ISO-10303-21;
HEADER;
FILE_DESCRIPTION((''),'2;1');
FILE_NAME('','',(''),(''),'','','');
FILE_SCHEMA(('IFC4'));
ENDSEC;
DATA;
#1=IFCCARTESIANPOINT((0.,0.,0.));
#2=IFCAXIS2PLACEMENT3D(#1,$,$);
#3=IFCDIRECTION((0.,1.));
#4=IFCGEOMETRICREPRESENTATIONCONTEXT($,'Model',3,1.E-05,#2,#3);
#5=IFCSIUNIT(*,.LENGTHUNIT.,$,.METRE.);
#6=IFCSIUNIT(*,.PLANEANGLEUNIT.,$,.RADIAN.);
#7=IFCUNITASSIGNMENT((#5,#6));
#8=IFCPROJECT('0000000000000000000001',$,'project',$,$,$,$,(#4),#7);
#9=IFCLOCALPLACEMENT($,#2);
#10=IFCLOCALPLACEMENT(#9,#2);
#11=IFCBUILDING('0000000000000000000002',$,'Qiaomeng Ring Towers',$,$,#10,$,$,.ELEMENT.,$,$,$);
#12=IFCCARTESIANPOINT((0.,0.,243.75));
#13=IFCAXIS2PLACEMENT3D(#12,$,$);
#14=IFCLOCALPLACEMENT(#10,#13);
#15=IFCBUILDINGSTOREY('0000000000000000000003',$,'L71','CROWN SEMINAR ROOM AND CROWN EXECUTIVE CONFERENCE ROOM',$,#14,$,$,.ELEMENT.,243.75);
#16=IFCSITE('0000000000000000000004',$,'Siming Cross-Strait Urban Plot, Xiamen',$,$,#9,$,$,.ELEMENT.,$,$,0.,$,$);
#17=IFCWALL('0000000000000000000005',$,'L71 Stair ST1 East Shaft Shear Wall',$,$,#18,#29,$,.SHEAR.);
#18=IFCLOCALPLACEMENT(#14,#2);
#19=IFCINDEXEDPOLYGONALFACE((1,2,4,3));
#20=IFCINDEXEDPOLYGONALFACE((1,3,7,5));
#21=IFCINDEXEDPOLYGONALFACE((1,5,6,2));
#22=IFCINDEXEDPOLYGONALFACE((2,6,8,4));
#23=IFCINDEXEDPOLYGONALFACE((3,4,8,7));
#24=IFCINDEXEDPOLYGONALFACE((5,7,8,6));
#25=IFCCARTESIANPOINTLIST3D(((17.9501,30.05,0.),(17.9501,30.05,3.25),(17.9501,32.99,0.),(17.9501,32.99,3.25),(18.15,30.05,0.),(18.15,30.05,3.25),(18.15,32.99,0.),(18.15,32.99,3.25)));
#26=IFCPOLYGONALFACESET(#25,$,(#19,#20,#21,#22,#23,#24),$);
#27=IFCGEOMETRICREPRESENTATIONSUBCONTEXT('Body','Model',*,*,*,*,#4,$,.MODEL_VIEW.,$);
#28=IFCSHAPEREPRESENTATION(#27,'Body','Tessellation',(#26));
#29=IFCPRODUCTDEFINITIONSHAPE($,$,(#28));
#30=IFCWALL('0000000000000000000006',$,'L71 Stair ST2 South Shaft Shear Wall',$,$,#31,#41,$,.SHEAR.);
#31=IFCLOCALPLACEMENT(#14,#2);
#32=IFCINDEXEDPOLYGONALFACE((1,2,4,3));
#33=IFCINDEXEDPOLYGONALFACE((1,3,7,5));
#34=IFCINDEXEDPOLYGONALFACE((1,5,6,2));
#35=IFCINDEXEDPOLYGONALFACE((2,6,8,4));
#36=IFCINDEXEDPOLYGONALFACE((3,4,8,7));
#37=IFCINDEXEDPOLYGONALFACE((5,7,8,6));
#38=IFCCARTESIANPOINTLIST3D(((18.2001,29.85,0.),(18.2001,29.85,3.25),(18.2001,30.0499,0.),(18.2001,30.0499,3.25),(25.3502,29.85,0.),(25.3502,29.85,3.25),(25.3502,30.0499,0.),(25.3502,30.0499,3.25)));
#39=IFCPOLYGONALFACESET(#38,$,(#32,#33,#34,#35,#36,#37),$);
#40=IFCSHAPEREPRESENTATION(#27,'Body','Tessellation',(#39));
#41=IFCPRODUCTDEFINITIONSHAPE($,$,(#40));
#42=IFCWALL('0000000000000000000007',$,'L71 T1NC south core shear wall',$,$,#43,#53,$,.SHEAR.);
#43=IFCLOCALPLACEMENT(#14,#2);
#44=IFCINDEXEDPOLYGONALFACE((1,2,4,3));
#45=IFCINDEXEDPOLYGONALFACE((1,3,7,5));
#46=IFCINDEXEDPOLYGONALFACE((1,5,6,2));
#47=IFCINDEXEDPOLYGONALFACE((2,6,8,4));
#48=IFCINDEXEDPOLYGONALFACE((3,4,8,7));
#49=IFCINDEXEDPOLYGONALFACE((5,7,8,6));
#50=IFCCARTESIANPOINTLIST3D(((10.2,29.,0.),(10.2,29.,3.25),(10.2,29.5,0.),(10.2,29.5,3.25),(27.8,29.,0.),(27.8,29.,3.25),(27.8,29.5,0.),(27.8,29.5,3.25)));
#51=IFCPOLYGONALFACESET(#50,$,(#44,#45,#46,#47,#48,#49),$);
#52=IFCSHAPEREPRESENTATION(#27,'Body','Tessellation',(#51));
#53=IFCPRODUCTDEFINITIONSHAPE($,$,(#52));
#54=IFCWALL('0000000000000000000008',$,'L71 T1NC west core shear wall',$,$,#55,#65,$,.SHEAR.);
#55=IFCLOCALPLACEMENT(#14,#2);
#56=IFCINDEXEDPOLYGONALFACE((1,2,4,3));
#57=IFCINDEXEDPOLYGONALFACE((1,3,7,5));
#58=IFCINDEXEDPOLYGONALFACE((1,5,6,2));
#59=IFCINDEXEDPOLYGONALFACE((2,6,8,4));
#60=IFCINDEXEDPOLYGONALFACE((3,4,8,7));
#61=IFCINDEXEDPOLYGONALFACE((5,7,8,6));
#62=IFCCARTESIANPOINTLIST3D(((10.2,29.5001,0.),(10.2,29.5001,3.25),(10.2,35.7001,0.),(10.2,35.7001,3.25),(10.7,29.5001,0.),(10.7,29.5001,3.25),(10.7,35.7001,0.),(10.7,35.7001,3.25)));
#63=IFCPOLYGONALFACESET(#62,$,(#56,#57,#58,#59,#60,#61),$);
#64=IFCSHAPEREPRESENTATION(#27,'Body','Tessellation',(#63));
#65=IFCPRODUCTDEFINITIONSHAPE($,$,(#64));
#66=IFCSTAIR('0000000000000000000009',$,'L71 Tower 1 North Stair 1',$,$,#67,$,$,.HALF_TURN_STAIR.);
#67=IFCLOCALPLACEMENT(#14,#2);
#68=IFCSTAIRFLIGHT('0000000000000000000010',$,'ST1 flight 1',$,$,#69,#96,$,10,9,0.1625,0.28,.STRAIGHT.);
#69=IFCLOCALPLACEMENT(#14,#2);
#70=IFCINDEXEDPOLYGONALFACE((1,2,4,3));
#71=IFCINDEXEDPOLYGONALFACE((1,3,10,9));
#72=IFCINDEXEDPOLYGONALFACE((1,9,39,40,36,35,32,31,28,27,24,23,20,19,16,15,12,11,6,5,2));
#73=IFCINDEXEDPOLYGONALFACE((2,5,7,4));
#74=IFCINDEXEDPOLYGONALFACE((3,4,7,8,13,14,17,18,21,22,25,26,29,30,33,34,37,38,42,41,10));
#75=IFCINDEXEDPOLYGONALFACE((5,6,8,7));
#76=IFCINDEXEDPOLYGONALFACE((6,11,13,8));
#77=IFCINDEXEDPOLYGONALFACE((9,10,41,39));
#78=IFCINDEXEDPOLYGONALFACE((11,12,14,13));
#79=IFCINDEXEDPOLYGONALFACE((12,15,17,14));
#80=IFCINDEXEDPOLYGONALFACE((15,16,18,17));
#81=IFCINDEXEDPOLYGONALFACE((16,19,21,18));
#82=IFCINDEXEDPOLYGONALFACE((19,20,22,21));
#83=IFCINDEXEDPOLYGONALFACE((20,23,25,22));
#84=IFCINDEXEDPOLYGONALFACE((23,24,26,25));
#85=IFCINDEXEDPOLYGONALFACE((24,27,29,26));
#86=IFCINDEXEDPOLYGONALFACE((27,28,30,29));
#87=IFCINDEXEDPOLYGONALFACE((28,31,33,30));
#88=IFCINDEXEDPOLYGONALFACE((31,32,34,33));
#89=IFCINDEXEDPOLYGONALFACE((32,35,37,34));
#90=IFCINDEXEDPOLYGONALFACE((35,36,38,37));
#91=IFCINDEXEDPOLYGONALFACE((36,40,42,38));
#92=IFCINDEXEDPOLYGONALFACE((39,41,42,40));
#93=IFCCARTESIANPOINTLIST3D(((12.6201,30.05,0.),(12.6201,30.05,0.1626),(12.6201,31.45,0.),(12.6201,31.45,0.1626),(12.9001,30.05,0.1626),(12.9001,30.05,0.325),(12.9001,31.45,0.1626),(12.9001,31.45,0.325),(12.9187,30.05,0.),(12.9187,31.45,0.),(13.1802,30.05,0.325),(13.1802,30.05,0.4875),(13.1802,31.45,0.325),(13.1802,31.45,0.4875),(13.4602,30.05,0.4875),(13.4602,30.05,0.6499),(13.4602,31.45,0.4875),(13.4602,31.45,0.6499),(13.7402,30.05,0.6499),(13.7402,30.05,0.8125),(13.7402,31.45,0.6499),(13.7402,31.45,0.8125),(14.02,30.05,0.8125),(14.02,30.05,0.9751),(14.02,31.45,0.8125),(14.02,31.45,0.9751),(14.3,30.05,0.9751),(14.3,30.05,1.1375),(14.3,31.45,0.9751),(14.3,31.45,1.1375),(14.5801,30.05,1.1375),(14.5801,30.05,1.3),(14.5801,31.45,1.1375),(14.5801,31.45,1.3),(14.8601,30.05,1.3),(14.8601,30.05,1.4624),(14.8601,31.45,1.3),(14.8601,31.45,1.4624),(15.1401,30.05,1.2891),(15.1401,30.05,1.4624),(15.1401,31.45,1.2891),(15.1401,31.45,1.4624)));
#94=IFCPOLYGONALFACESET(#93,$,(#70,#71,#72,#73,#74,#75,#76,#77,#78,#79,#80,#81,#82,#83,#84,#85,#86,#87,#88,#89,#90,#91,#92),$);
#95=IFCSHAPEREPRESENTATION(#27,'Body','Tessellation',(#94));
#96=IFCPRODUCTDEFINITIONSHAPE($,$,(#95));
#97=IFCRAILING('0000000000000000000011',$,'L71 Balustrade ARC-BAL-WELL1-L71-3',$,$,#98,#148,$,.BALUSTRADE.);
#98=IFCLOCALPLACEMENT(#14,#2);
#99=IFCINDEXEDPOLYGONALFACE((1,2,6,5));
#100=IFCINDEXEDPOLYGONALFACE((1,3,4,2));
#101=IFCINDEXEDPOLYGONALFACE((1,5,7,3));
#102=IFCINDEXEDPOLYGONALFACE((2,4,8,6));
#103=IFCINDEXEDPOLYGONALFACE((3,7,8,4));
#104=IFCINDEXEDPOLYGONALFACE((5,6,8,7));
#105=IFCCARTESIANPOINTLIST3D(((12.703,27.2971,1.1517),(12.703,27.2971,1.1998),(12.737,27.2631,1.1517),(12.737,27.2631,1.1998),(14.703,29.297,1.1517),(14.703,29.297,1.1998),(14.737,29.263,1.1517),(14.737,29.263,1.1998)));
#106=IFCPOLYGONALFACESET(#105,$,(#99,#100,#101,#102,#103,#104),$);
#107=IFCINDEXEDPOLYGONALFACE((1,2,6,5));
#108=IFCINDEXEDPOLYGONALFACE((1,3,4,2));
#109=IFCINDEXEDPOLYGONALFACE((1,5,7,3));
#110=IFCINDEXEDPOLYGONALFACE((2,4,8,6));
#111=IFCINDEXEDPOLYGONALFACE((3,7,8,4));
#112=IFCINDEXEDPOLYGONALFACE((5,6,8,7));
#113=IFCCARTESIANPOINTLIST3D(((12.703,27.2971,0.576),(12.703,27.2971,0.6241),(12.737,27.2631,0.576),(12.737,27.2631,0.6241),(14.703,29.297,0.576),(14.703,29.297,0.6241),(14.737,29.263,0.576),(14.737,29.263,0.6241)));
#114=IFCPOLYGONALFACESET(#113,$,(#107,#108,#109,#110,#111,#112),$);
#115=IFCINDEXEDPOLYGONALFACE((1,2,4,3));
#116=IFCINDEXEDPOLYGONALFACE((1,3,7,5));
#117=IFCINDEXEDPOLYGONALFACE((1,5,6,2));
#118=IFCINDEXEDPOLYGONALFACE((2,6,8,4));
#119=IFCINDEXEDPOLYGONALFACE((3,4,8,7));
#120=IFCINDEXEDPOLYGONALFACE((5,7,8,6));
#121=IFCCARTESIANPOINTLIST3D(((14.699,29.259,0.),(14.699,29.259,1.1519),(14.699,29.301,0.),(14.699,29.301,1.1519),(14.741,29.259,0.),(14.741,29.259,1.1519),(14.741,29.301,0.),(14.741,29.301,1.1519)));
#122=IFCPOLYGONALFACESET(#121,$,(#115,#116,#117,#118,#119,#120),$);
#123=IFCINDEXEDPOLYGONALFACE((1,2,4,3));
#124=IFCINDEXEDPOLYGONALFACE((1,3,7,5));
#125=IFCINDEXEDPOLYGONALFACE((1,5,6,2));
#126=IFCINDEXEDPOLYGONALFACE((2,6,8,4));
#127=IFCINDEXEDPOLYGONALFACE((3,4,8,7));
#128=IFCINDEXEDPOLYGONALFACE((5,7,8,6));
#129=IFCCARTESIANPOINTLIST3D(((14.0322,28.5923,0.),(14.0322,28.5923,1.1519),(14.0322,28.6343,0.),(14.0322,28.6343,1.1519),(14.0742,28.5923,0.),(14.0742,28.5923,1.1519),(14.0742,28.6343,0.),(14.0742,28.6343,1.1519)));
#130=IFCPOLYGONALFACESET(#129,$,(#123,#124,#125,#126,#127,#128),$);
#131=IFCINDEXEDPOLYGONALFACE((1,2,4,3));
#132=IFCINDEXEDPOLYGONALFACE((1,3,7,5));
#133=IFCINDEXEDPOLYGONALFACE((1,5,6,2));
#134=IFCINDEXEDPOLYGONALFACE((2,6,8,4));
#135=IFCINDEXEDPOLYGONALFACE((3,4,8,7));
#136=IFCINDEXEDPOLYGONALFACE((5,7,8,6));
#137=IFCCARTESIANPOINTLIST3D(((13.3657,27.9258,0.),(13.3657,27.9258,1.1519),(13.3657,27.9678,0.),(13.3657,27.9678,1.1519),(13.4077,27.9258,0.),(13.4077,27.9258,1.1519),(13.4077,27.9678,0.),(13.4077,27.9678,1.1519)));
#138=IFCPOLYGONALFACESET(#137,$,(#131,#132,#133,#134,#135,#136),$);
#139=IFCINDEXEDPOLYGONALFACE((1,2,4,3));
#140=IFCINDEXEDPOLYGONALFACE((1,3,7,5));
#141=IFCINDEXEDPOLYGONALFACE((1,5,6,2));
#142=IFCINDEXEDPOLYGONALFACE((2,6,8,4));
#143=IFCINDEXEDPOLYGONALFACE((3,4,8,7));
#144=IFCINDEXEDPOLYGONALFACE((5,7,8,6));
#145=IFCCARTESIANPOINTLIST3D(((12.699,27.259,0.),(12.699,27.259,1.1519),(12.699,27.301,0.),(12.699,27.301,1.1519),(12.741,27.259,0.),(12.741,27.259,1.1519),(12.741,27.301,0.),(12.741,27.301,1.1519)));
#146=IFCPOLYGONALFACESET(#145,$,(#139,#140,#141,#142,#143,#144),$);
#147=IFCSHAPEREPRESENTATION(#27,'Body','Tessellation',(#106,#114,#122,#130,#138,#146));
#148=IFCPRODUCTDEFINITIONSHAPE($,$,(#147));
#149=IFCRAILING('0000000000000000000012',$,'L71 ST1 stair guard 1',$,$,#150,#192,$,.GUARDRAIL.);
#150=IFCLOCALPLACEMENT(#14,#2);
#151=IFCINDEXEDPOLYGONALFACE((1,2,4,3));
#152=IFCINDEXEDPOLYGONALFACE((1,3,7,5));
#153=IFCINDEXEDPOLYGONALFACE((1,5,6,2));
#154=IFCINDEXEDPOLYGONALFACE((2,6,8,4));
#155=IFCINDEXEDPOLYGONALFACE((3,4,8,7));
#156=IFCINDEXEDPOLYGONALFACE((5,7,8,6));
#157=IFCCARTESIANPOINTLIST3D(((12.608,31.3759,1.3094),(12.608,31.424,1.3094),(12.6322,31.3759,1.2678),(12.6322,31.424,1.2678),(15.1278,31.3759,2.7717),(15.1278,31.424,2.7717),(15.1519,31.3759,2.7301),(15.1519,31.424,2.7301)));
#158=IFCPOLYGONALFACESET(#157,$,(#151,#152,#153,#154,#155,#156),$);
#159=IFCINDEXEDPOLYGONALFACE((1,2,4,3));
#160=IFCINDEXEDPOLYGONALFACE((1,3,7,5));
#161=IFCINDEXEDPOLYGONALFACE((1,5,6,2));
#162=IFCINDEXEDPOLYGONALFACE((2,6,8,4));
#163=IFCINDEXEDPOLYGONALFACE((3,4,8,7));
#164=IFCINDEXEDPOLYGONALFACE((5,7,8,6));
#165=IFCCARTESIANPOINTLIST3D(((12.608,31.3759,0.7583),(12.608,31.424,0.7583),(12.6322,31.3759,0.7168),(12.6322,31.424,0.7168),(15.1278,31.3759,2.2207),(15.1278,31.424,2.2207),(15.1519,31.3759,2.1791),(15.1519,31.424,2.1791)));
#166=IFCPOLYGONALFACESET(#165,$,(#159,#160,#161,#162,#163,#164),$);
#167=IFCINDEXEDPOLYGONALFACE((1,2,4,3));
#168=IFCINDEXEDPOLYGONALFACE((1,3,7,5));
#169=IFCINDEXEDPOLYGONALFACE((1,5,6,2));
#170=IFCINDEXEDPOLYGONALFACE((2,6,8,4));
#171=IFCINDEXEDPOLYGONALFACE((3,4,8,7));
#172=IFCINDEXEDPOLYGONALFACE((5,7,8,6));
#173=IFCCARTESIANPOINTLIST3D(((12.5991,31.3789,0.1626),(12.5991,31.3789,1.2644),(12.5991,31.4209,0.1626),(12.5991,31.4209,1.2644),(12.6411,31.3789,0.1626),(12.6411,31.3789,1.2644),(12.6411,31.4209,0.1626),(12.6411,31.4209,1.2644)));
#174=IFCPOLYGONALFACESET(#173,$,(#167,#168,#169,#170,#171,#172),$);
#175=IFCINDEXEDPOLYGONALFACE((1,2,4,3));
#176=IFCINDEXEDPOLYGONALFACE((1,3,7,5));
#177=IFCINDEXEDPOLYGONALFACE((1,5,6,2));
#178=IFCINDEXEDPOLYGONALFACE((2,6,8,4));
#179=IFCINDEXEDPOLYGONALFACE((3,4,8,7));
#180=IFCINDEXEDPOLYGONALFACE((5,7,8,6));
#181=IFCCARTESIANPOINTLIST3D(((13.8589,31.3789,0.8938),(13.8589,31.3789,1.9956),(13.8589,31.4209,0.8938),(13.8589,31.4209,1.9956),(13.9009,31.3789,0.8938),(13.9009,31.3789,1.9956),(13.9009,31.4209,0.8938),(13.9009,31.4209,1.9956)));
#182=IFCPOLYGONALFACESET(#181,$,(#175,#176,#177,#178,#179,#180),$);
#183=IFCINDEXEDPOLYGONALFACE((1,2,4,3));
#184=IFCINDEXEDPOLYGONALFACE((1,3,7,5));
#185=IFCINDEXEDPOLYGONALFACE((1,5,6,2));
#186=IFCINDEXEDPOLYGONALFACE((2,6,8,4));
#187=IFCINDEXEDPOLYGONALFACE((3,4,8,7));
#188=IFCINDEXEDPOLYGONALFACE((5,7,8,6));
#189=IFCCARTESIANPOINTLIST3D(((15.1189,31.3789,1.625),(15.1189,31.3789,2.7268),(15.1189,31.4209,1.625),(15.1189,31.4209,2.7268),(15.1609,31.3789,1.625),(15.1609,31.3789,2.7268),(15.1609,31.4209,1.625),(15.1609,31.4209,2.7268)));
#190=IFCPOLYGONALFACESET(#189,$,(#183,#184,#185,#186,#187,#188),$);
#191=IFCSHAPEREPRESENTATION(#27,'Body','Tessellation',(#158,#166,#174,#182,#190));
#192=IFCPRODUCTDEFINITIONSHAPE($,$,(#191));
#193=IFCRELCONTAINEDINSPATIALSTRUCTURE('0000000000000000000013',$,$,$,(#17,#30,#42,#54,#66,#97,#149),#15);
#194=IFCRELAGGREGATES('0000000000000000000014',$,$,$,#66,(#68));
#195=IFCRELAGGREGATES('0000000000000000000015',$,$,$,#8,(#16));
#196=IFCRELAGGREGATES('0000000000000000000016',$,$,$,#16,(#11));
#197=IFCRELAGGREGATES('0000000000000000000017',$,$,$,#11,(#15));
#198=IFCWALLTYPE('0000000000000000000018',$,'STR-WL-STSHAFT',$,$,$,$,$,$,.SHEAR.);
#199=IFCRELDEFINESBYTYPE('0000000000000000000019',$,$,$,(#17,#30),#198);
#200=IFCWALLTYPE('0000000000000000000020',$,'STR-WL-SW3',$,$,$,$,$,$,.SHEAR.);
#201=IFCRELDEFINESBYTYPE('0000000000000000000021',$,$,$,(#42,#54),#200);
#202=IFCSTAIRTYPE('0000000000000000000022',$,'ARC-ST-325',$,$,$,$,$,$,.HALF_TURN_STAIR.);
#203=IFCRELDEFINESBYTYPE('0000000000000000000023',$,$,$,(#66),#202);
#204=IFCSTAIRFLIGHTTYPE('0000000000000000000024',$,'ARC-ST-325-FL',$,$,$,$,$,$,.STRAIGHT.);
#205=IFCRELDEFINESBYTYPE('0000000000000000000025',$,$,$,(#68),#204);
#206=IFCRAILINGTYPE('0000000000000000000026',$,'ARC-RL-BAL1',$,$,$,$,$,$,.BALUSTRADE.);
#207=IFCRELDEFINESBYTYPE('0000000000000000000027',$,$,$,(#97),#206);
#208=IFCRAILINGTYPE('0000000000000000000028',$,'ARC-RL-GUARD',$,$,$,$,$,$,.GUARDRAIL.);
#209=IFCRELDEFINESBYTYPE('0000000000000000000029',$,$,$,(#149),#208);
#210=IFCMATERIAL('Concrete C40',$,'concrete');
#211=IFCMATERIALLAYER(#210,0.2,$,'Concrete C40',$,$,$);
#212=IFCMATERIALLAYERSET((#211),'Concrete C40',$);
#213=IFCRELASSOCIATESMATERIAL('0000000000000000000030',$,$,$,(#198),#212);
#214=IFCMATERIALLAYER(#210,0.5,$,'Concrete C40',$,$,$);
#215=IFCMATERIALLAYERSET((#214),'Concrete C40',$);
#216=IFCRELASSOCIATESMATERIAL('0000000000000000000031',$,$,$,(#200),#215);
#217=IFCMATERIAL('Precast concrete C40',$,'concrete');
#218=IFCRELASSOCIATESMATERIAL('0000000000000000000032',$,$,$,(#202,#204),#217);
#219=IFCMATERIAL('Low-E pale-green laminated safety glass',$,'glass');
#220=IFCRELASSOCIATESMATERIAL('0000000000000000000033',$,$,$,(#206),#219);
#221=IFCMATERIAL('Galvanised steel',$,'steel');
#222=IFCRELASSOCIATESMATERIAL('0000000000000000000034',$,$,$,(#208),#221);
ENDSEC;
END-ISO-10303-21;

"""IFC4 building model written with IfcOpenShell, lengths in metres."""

from ifc_helpers import new_model, si_unit, direction, frame, frame_2d, origin, origin_2d, place, context, subcontext, project, spatial, polyline, rectangle, outline, extrude, source, transform, mapped, material, layer, layer_set, type_object, element, aggregate, save


model = new_model("IFC4")

# Units and contexts
model_context = context("Model", 3, precision=1e-05, world=origin(), true_north=direction((0.0, 1.0)))
body_context = subcontext(model_context, "Body", "Model", "MODEL_VIEW")
ifc_project = project(units=[si_unit("LENGTHUNIT", "METRE"), si_unit("PLANEANGLEUNIT", "RADIAN")], contexts=[model_context])

# Site, building, storey
site_placement = place(None, origin())
site = spatial("IfcSite", under=ifc_project, at=site_placement, Name="Siming Cross-Strait Urban Plot, Xiamen", CompositionType="ELEMENT", RefElevation=0.0)
building_placement = place(site_placement, origin())
building = spatial("IfcBuilding", under=site, at=building_placement, Name="Qiaomeng Ring Towers", CompositionType="ELEMENT")
storey_placement = place(building_placement, frame((0.0, 0.0, 243.75)))
storey = spatial("IfcBuildingStorey", under=building, at=storey_placement, Name="L71", Description="CROWN SEMINAR ROOM AND CROWN EXECUTIVE CONFERENCE ROOM", CompositionType="ELEMENT", Elevation=243.75)

# Shared definitions
ifc_material_1 = material(Name="Concrete C40", Category="concrete")

# Walls
ifc_layer_1 = layer(ifc_material_1, 0.2, Name="Concrete C40")
ifc_layer_set_1 = layer_set([ifc_layer_1], Name="Concrete C40")
wall_type_1 = type_object("IfcWallType", Name="STR-WL-STSHAFT", PredefinedType="SHEAR", material=ifc_layer_set_1)
for number, where, z_axis, x_axis, name in (
    (1, (18.05, 30.05, 0.0), (0.0, 0.0, 1.0), (0.0, 1.0, 0.0), "L71 Stair ST1 East Shaft Shear Wall"),
):
    element("IfcWall", number, at=place(storey_placement, frame(where, z_axis=z_axis, x_axis=x_axis)), inside=storey, type_object=wall_type_1, Name=name, PredefinedType="SHEAR", context=body_context, shape_type="SweptSolid", body=[
        extrude(rectangle(XDim=2.9399, YDim=0.2, at=frame_2d((1.47, 0.0))), origin(), (0.0, 0.0, 1.0), 3.25),
    ])
wall_1_placement = place(storey_placement, frame((18.2, 29.95, 0.0), z_axis=(0.0, 0.0, 1.0), x_axis=(1.0, 0.0, 0.0)))
element("IfcWall", 2, at=wall_1_placement, inside=storey, type_object=wall_type_1, Name="L71 Stair ST2 South Shaft Shear Wall", PredefinedType="SHEAR", context=body_context, shape_type="SweptSolid", body=[
    extrude(rectangle(XDim=7.1501, YDim=0.2, at=frame_2d((3.5752, 0.0))), origin(), (0.0, 0.0, 1.0), 3.25),
])
ifc_layer_2 = layer(ifc_material_1, 0.5, Name="Concrete C40")
ifc_layer_set_2 = layer_set([ifc_layer_2], Name="Concrete C40")
wall_type_2 = type_object("IfcWallType", Name="STR-WL-SW3", PredefinedType="SHEAR", material=ifc_layer_set_2)
wall_2_placement = place(storey_placement, frame((10.2, 29.25, 0.0), z_axis=(0.0, 0.0, 1.0), x_axis=(1.0, 0.0, 0.0)))
element("IfcWall", 3, at=wall_2_placement, inside=storey, type_object=wall_type_2, Name="L71 T1NC south core shear wall", PredefinedType="SHEAR", context=body_context, shape_type="SweptSolid", body=[
    extrude(rectangle(XDim=17.6001, YDim=0.5, at=frame_2d((8.8, 0.0))), origin(), (0.0, 0.0, 1.0), 3.25),
])
wall_3_placement = place(storey_placement, frame((10.45, 29.5, 0.0), z_axis=(0.0, 0.0, 1.0), x_axis=(0.0, 1.0, 0.0)))
element("IfcWall", 4, at=wall_3_placement, inside=storey, type_object=wall_type_2, Name="L71 T1NC west core shear wall", PredefinedType="SHEAR", context=body_context, shape_type="SweptSolid", body=[
    extrude(rectangle(XDim=6.2, YDim=0.5, at=frame_2d((3.1001, 0.0))), origin(), (0.0, 0.0, 1.0), 3.25),
])

# Stair, stair flight
ifc_material_2 = material(Name="Precast concrete C40", Category="concrete")
stair_type = type_object("IfcStairType", Name="ARC-ST-325", PredefinedType="HALF_TURN_STAIR", material=ifc_material_2)
stair_placement = place(storey_placement, origin())
stair = element("IfcStair", 5, at=stair_placement, inside=storey, type_object=stair_type, Name="L71 Tower 1 North Stair 1", PredefinedType="HALF_TURN_STAIR")
stair_flight_type = type_object("IfcStairFlightType", Name="ARC-ST-325-FL", PredefinedType="STRAIGHT", material=ifc_material_2)
shared_shape_1 = source(origin(), body_context, "Body", "SweptSolid", [
    extrude(outline(polyline([(0.0, 0.0), (0.0, 0.1626), (0.28, 0.1626), (0.28, 0.325), (0.5601, 0.325), (0.5601, 0.4875), (0.8401, 0.4875), (0.8401, 0.6499), (1.1201, 0.6499), (1.1201, 0.8125), (1.3999, 0.8125), (1.3999, 0.9751), (1.6799, 0.9751), (1.6799, 1.1375), (1.96, 1.1375), (1.96, 1.3), (2.24, 1.3), (2.24, 1.4624), (2.52, 1.4624), (2.52, 1.625), (2.52, 1.2891), (0.2986, 0.0), (0.0, 0.0)])), frame((0.0, 0.7, 0.0), z_axis=(0.0, -1.0, 0.0), x_axis=(1.0, 0.0, 0.0)), (0.0, 0.0, 1.0), 1.3999),
])
stair_flight_placement = place(storey_placement, frame((12.6201, 30.75, 0.0), z_axis=(0.0, 0.0, 1.0), x_axis=(1.0, 0.0, 0.0)))
stair_flight = element("IfcStairFlight", 6, at=stair_flight_placement, type_object=stair_flight_type, Name="ST1 flight 1", NumberOfRisers=10, NumberOfTreads=9, PredefinedType="STRAIGHT", RiserHeight=0.1625, TreadLength=0.28, context=body_context, shape_type="MappedRepresentation", body=[
    mapped(shared_shape_1, transform((0.0, 0.0, 0.0), x_axis=(1.0, 0.0, 0.0), y_axis=(0.0, 1.0, 0.0), z_axis=(0.0, 0.0, 1.0), scale=1.0)),
])
aggregate(stair, [stair_flight])

# Railings
ifc_material_3 = material(Name="Low-E pale-green laminated safety glass", Category="glass")
railing_type_1 = type_object("IfcRailingType", Name="ARC-RL-BAL1", PredefinedType="BALUSTRADE", material=ifc_material_3)
railing_1_placement = place(storey_placement, frame((14.72, 29.28, 0.0)))
element("IfcRailing", 7, at=railing_1_placement, inside=storey, type_object=railing_type_1, Name="L71 Balustrade ARC-BAL-WELL1-L71-3", PredefinedType="BALUSTRADE", context=body_context, shape_type="SweptSolid", body=[
    extrude(rectangle(XDim=0.0481, YDim=0.0481, at=origin_2d()), frame((0.0, 0.0, 1.1758), z_axis=(-0.707107, -0.707107, 0.0), x_axis=(0.707107, -0.707107, 0.0)), (0.0, 0.0, 1.0), 2.8284),
    extrude(rectangle(XDim=0.0481, YDim=0.0481, at=origin_2d()), frame((0.0, 0.0, 0.6001), z_axis=(-0.707107, -0.707107, 0.0), x_axis=(0.707107, -0.707107, 0.0)), (0.0, 0.0, 1.0), 2.8284),
    extrude(rectangle(XDim=0.042, YDim=0.042, at=origin_2d()), origin(), (0.0, 0.0, 1.0), 1.1519),
    extrude(rectangle(XDim=0.042, YDim=0.042, at=origin_2d()), frame((-0.6667, -0.6667, 0.0)), (0.0, 0.0, 1.0), 1.1519),
    extrude(rectangle(XDim=0.042, YDim=0.042, at=origin_2d()), frame((-1.3333, -1.3333, 0.0)), (0.0, 0.0, 1.0), 1.1519),
    extrude(rectangle(XDim=0.042, YDim=0.042, at=origin_2d()), frame((-2.0, -2.0, 0.0)), (0.0, 0.0, 1.0), 1.1519),
])
ifc_material_4 = material(Name="Galvanised steel", Category="steel")
railing_type_2 = type_object("IfcRailingType", Name="ARC-RL-GUARD", PredefinedType="GUARDRAIL", material=ifc_material_4)
railing_2_placement = place(storey_placement, frame((12.6201, 31.3999, 0.1626)))
element("IfcRailing", 8, at=railing_2_placement, inside=storey, type_object=railing_type_2, Name="L71 ST1 stair guard 1", PredefinedType="GUARDRAIL", context=body_context, shape_type="SweptSolid", body=[
    extrude(rectangle(XDim=0.0481, YDim=0.0481, at=origin_2d()), frame((0.0, 0.0, 1.126), z_axis=(0.864892, 0.0, 0.501958), x_axis=(0.0, 1.0, 0.0)), (0.0, 0.0, 1.0), 2.9133),
    extrude(rectangle(XDim=0.0481, YDim=0.0481, at=origin_2d()), frame((0.0, 0.0, 0.575), z_axis=(0.864892, 0.0, 0.501958), x_axis=(0.0, 1.0, 0.0)), (0.0, 0.0, 1.0), 2.9133),
    extrude(rectangle(XDim=0.042, YDim=0.042, at=origin_2d()), origin(), (0.0, 0.0, 1.0), 1.1018),
    extrude(rectangle(XDim=0.042, YDim=0.042, at=origin_2d()), frame((1.2598, 0.0, 0.7312)), (0.0, 0.0, 1.0), 1.1018),
    extrude(rectangle(XDim=0.042, YDim=0.042, at=origin_2d()), frame((2.5198, 0.0, 1.4624)), (0.0, 0.0, 1.0), 1.1018),
])

save(model, "model.ifc")
